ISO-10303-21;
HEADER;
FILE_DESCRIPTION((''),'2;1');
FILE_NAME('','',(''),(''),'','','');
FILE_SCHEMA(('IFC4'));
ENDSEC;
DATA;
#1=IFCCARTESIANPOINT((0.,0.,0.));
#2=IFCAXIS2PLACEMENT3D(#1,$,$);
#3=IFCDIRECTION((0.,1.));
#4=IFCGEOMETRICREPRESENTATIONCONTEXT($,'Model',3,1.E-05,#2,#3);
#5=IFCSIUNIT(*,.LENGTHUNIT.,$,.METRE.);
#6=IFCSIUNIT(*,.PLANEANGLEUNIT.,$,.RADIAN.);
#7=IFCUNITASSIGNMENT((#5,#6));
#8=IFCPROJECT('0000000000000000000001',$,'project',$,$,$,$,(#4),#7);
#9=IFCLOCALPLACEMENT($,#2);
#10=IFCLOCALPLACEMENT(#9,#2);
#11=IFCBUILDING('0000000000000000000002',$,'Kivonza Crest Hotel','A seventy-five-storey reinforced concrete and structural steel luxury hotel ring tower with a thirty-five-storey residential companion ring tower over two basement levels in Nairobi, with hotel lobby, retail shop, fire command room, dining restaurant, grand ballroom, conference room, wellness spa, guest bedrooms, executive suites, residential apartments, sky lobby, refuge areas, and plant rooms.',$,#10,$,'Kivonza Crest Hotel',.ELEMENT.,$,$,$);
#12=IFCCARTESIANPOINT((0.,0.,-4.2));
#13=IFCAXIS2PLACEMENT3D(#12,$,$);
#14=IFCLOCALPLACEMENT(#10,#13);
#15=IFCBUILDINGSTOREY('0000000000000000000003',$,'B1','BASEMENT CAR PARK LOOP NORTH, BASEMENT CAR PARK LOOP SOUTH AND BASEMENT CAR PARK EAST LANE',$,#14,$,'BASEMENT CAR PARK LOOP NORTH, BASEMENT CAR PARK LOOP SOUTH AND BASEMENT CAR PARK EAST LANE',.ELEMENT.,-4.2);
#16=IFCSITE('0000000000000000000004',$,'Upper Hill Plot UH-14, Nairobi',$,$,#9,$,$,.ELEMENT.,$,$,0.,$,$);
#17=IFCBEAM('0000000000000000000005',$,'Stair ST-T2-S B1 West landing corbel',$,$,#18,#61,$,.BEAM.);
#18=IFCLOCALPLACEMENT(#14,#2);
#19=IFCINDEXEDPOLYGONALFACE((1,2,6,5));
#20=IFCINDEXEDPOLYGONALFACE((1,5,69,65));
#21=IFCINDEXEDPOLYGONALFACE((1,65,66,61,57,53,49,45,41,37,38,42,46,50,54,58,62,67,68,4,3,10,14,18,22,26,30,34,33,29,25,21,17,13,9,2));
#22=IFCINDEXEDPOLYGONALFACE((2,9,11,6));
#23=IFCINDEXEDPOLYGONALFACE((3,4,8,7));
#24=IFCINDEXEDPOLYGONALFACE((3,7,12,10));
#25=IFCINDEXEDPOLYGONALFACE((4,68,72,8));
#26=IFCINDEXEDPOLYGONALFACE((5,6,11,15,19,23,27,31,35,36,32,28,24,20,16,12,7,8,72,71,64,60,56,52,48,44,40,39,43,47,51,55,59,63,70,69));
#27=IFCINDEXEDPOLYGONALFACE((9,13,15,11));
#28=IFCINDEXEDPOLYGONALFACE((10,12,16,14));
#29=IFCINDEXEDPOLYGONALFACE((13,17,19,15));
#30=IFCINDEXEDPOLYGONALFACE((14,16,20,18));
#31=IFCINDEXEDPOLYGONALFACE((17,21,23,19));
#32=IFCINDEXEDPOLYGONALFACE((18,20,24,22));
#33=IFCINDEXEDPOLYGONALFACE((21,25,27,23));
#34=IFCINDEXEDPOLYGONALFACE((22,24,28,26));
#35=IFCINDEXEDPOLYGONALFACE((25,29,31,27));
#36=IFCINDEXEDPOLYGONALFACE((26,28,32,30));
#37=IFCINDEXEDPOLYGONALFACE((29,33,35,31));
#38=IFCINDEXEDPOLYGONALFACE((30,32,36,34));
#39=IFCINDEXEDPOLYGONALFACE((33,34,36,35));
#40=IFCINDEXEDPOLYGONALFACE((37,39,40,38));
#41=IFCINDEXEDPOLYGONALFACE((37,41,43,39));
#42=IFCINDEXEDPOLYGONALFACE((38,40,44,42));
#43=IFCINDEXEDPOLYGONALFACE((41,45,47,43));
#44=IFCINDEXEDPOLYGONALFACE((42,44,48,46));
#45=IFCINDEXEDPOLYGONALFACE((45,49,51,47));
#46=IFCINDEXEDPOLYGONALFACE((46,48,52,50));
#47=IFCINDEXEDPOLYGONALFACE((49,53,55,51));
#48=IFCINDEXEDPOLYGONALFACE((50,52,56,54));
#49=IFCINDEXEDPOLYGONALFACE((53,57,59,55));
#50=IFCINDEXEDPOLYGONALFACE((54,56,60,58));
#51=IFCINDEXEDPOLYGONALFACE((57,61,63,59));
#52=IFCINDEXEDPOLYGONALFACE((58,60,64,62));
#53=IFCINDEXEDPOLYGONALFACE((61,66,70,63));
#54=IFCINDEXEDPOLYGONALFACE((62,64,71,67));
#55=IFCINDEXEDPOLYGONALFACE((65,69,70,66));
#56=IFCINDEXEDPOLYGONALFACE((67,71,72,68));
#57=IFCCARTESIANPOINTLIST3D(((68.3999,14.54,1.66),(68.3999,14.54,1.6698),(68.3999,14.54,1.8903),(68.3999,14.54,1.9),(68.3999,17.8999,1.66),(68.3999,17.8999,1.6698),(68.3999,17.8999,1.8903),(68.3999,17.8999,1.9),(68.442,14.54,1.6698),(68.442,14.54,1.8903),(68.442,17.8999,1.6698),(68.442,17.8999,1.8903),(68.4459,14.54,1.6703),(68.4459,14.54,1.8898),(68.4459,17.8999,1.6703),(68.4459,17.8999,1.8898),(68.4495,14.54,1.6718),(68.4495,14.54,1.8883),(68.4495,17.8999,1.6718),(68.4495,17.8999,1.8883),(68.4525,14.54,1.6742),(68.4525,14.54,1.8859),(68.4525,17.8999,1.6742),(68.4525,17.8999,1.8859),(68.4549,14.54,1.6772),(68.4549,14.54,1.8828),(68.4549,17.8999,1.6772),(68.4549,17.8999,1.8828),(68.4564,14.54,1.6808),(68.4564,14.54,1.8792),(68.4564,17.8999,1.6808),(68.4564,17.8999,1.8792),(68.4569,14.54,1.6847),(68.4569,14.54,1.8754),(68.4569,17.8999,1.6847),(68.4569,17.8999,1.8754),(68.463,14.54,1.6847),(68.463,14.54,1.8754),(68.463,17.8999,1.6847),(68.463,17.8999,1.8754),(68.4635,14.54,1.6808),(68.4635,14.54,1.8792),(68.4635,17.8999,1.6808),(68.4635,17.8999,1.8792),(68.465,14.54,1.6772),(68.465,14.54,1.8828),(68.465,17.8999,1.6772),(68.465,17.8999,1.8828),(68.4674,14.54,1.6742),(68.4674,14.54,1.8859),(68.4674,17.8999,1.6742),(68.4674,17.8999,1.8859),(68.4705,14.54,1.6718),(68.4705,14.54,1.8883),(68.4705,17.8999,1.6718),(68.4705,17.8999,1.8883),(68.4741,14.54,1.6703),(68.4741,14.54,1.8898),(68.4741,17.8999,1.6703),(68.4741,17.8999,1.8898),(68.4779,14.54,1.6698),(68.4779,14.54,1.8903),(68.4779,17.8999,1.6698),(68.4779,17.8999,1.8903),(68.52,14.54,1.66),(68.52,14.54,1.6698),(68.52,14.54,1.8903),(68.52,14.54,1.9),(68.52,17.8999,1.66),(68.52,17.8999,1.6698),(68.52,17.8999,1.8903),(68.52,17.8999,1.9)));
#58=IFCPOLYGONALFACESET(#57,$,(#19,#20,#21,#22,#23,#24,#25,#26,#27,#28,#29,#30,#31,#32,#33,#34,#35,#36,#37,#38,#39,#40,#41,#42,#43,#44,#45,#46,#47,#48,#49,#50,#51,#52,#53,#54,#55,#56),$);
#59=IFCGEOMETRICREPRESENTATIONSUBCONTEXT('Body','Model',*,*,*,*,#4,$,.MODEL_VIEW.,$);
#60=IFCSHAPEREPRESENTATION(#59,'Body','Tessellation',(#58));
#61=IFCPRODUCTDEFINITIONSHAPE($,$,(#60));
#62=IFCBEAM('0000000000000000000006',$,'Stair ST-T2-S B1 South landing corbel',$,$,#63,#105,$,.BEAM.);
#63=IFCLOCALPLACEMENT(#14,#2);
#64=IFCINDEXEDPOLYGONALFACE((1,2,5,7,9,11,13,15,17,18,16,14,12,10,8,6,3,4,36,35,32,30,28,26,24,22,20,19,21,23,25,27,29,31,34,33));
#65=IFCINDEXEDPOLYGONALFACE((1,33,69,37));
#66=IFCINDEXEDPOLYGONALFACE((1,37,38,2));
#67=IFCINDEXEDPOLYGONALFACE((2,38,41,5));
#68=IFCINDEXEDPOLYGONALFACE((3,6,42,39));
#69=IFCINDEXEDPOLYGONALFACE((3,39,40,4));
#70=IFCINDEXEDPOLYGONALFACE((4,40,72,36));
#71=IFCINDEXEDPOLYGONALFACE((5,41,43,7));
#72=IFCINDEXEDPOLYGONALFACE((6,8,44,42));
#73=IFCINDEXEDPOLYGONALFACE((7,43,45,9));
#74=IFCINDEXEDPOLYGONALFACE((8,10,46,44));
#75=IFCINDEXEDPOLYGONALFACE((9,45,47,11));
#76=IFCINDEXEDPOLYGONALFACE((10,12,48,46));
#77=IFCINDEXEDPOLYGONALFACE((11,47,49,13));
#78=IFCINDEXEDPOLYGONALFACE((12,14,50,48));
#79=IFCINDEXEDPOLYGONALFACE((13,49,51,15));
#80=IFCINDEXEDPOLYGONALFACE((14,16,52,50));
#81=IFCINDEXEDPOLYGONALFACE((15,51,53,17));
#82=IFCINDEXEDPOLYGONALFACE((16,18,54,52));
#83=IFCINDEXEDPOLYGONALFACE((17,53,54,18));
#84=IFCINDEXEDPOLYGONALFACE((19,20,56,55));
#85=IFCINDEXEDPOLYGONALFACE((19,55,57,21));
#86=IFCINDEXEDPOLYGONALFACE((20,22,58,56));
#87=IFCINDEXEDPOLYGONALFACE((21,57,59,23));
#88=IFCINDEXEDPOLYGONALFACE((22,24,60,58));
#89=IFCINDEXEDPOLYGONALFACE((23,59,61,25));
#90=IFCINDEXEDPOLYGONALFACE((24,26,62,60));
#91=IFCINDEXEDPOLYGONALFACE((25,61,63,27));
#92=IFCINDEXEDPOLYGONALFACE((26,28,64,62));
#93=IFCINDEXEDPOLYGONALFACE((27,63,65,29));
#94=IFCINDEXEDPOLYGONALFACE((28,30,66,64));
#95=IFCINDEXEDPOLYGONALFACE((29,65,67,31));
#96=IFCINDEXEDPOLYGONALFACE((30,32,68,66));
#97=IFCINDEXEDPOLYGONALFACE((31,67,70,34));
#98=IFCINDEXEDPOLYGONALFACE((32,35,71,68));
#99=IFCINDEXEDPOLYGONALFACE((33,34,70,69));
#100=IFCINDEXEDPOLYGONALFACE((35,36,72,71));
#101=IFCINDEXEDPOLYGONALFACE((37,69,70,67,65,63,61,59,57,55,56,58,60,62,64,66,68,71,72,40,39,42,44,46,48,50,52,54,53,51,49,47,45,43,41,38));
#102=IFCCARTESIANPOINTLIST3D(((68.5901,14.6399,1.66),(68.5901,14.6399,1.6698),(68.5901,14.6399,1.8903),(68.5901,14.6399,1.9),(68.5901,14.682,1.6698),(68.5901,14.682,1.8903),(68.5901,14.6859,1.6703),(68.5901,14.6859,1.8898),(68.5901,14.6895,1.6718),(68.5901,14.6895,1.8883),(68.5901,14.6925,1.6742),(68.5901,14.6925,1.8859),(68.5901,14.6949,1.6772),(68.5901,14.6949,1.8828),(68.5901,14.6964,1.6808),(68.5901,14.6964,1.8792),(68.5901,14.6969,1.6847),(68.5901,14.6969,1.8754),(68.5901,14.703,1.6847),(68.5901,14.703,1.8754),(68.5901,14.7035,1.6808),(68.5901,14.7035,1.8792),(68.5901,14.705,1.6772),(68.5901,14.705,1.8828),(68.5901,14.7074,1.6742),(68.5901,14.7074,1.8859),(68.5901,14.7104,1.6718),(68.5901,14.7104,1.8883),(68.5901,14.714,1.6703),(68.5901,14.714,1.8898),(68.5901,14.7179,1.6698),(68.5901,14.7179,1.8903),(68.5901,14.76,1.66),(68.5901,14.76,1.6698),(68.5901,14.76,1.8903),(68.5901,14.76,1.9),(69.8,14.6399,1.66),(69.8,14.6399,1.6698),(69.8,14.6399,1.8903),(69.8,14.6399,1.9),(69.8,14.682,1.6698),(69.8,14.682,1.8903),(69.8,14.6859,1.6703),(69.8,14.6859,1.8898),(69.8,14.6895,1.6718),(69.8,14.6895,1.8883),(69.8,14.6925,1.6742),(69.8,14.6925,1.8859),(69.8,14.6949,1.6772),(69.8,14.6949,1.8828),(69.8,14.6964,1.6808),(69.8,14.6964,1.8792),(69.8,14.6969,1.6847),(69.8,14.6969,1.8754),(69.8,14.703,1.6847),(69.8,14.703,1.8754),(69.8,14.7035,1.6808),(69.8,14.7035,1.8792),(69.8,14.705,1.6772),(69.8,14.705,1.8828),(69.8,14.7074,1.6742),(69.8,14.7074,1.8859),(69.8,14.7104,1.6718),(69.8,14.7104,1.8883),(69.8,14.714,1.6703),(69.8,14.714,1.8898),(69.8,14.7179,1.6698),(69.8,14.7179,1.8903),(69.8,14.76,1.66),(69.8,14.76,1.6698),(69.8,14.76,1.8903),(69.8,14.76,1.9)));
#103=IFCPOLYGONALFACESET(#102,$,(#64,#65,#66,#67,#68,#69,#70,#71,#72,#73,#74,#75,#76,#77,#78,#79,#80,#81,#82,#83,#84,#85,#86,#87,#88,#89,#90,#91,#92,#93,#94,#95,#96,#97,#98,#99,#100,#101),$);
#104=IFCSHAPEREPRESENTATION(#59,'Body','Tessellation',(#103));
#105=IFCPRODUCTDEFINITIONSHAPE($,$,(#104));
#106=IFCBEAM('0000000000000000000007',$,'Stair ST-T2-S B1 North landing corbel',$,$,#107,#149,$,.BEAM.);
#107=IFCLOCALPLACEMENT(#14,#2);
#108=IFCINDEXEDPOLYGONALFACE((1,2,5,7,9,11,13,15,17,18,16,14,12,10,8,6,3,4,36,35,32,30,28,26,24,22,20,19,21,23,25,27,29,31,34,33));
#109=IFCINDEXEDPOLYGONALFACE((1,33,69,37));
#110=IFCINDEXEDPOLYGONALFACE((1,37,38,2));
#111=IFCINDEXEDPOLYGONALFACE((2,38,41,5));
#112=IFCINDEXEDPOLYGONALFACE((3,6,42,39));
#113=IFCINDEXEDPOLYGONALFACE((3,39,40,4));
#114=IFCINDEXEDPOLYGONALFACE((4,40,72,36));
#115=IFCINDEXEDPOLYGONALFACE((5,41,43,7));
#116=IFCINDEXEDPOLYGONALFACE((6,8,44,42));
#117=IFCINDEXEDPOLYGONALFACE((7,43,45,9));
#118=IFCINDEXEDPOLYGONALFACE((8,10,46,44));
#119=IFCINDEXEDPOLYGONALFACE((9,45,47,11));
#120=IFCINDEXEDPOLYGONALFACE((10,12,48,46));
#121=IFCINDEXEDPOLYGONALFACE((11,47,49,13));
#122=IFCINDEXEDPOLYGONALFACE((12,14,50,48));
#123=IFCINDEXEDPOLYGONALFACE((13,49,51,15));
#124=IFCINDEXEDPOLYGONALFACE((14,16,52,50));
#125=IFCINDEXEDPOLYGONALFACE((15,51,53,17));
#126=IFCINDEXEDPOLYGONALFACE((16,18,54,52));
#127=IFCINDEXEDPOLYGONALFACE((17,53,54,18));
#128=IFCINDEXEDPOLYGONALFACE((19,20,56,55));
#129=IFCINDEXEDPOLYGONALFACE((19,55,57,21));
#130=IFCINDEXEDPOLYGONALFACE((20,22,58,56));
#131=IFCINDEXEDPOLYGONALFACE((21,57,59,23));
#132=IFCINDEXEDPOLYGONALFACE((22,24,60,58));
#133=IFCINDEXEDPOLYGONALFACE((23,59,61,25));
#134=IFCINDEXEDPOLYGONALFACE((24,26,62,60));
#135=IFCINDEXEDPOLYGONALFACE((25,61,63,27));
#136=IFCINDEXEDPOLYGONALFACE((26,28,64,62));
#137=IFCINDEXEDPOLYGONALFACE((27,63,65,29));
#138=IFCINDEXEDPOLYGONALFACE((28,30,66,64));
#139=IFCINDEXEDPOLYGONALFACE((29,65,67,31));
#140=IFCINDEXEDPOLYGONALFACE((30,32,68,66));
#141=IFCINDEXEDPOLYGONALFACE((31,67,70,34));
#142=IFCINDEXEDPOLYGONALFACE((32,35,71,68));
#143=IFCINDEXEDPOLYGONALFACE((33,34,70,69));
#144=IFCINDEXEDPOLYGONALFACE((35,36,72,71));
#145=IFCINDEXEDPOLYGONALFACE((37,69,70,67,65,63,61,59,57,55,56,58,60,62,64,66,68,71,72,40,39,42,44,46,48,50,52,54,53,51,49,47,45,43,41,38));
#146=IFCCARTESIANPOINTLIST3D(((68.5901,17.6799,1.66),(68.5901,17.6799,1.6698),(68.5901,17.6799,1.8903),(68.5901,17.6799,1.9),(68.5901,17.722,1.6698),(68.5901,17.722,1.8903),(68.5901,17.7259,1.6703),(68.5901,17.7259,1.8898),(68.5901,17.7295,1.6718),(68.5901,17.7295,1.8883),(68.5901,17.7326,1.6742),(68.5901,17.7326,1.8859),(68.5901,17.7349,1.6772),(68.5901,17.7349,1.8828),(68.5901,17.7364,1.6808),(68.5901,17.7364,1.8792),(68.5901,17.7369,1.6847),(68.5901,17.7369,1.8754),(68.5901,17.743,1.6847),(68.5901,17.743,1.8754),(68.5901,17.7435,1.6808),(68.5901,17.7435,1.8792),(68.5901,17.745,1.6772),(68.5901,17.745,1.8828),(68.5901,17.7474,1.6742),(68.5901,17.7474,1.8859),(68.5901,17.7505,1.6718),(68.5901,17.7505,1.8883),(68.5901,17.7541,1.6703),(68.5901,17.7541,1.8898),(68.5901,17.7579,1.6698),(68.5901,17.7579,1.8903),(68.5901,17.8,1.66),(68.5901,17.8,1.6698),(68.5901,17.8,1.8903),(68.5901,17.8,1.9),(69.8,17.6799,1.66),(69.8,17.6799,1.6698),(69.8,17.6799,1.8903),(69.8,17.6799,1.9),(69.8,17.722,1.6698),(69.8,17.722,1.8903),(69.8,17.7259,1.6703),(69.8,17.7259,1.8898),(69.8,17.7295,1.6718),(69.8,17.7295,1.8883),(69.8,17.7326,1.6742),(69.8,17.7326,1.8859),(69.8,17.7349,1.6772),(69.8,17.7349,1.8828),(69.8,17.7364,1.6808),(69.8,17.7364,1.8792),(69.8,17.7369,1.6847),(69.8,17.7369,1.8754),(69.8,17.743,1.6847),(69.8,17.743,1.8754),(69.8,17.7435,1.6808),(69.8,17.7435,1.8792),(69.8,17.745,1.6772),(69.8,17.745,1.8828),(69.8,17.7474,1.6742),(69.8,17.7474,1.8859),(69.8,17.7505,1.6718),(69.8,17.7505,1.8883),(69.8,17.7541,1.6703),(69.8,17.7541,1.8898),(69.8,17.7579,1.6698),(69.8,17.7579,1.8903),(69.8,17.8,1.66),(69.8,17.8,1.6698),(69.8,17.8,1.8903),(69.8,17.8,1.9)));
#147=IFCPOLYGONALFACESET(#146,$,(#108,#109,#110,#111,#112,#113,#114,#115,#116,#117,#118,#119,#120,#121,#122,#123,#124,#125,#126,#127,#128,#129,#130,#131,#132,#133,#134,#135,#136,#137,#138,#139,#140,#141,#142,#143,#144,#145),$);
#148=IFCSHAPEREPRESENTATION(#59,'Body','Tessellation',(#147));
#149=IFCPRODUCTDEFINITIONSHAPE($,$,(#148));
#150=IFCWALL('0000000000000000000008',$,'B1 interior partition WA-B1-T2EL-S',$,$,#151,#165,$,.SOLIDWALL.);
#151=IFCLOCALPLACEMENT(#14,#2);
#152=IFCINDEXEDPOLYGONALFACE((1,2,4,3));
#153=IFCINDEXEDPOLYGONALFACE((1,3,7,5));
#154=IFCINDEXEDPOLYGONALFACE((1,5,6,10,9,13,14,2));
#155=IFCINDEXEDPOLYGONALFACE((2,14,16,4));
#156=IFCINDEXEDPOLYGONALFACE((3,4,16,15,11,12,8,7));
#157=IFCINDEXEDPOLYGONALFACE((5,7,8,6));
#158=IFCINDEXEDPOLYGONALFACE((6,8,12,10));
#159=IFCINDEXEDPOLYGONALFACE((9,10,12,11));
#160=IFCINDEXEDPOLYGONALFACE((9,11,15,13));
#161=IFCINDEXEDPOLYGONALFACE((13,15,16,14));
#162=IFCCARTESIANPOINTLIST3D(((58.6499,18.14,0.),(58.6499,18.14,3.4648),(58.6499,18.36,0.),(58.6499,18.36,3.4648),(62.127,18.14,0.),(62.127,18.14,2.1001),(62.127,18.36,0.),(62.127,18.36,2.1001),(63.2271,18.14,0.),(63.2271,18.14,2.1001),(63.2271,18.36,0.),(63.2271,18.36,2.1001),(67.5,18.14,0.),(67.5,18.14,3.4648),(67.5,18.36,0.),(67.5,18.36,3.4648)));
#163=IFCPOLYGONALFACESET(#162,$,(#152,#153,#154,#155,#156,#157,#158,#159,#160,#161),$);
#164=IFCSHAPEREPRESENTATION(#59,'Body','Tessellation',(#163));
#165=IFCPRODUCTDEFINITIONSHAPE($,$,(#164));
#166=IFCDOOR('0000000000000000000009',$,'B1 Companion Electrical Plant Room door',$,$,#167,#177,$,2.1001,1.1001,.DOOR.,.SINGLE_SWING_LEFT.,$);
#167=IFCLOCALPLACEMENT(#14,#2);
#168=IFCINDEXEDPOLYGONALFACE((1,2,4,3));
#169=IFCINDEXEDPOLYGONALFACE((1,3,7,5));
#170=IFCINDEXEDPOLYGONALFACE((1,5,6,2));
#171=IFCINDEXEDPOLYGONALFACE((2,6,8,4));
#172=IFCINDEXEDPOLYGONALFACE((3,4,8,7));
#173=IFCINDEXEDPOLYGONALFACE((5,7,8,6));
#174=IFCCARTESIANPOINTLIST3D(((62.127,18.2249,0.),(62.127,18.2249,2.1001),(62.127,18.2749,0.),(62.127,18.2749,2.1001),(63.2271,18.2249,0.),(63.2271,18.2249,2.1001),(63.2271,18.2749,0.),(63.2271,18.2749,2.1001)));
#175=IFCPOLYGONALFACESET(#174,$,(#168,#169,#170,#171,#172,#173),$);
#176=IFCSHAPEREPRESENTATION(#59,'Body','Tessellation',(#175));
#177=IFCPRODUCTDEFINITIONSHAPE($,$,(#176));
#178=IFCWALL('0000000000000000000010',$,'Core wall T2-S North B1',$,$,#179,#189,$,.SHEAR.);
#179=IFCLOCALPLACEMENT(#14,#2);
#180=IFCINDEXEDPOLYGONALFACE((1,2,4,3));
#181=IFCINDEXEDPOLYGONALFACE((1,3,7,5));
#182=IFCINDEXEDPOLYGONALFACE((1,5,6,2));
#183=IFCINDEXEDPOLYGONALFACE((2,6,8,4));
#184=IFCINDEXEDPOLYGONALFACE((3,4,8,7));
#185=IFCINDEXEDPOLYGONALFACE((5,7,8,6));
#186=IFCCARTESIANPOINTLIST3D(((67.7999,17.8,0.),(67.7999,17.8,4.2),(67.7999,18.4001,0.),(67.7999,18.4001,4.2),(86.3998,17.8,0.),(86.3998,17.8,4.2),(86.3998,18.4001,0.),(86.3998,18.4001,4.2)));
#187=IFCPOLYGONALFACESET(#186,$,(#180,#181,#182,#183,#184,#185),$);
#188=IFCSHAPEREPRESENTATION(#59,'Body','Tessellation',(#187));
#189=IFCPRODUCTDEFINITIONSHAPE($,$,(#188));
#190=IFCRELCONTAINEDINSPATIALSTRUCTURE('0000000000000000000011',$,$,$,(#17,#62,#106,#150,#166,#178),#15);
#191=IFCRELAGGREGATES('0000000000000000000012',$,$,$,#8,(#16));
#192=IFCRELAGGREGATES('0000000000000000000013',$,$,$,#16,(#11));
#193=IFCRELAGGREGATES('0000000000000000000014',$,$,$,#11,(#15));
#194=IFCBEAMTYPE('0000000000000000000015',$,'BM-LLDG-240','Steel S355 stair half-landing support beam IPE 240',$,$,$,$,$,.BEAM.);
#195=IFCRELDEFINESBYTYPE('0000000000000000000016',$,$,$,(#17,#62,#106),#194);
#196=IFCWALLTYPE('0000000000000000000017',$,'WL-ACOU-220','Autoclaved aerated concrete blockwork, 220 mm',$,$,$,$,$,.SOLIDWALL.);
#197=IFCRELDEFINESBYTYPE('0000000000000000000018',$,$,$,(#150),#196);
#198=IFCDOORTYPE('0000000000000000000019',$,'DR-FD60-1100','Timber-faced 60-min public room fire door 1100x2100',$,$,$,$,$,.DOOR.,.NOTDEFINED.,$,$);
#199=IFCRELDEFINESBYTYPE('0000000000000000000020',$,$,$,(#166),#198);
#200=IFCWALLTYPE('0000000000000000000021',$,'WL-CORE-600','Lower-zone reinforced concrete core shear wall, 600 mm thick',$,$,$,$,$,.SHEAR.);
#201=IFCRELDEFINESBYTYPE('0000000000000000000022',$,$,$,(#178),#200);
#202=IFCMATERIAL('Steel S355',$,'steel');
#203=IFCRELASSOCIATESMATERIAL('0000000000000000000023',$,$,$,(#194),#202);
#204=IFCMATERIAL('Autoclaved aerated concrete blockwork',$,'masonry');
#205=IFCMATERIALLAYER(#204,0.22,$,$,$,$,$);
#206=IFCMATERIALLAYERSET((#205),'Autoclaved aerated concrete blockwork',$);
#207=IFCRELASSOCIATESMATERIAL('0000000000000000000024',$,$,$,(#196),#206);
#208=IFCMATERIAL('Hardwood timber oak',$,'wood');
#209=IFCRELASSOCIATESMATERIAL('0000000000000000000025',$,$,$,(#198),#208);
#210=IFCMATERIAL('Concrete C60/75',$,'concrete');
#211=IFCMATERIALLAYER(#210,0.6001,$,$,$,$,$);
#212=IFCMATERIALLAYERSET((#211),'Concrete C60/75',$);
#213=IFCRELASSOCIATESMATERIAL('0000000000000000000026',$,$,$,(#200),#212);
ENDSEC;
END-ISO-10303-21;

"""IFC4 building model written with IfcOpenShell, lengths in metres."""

from ifc_helpers import new_model, si_unit, direction, frame, frame_2d, origin, origin_2d, place, context, subcontext, project, spatial, rectangle, i_section, extrude, material, layer, layer_set, material_profile, profile_set, type_object, element, fill, save


model = new_model("IFC4")

# Units and contexts
model_context = context("Model", 3, precision=1e-05, world=origin(), true_north=direction((0.0, 1.0)))
body_context = subcontext(model_context, "Body", "Model", "MODEL_VIEW")
ifc_project = project(units=[si_unit("LENGTHUNIT", "METRE"), si_unit("PLANEANGLEUNIT", "RADIAN")], contexts=[model_context])

# Site, building, storey
site_placement = place(None, origin())
site = spatial("IfcSite", under=ifc_project, at=site_placement, Name="Upper Hill Plot UH-14, Nairobi", CompositionType="ELEMENT", RefElevation=0.0)
building_placement = place(site_placement, origin())
building = spatial("IfcBuilding", under=site, at=building_placement, Name="Kivonza Crest Hotel", Description="A seventy-five-storey reinforced concrete and structural steel luxury hotel ring tower with a thirty-five-storey residential companion ring tower over two basement levels in Nairobi, with hotel lobby, retail shop, fire command room, dining restaurant, grand ballroom, conference room, wellness spa, guest bedrooms, executive suites, residential apartments, sky lobby, refuge areas, and plant rooms.", LongName="Kivonza Crest Hotel", CompositionType="ELEMENT")
storey_placement = place(building_placement, frame((0.0, 0.0, -4.2)))
storey = spatial("IfcBuildingStorey", under=building, at=storey_placement, Name="B1", Description="BASEMENT CAR PARK LOOP NORTH, BASEMENT CAR PARK LOOP SOUTH AND BASEMENT CAR PARK EAST LANE", LongName="BASEMENT CAR PARK LOOP NORTH, BASEMENT CAR PARK LOOP SOUTH AND BASEMENT CAR PARK EAST LANE", CompositionType="ELEMENT", Elevation=-4.2)

# Shared definitions
ifc_material_1 = material(Name="Concrete C60/75", Category="concrete")

# Beams
ifc_material_2 = material(Name="Steel S355", Category="steel")
ifc_material_profile_1 = material_profile(ifc_material_2, i_section(OverallWidth=0.1201, OverallDepth=0.24, WebThickness=0.0061, FlangeThickness=0.0098, FilletRadius=0.0149, at=origin_2d()), Name="IPE 240")
ifc_profile_set_1 = profile_set([ifc_material_profile_1], Name="Steel S355")
beam_type_1 = type_object("IfcBeamType", Name="BM-LLDG-240", Description="Steel S355 stair half-landing support beam IPE 240", PredefinedType="BEAM", material=ifc_profile_set_1)
beam_1_placement = place(storey_placement, frame((68.46, 14.54, 1.78), z_axis=(0.0, 1.0, 0.0), x_axis=(-1.0, 0.0, 0.0)))
element("IfcBeam", 1, at=beam_1_placement, inside=storey, type_object=beam_type_1, Name="Stair ST-T2-S B1 West landing corbel", PredefinedType="BEAM", context=body_context, shape_type="SweptSolid", body=[
    extrude(i_section(OverallWidth=0.1201, OverallDepth=0.24, WebThickness=0.0061, FlangeThickness=0.0098, FilletRadius=0.0149, at=origin_2d()), origin(), (0.0, 0.0, 1.0), 3.3599),
])
for number, where, z_axis, x_axis, name in (
    (2, (68.5901, 14.7, 1.78), (1.0, 0.0, 0.0), (0.0, 1.0, 0.0), "Stair ST-T2-S B1 South landing corbel"),
    (3, (68.5901, 17.74, 1.78), (1.0, 0.0, 0.0), (0.0, 1.0, 0.0), "Stair ST-T2-S B1 North landing corbel"),
):
    element("IfcBeam", number, at=place(storey_placement, frame(where, z_axis=z_axis, x_axis=x_axis)), inside=storey, type_object=beam_type_1, Name=name, PredefinedType="BEAM", context=body_context, shape_type="SweptSolid", body=[
        extrude(i_section(OverallWidth=0.1201, OverallDepth=0.24, WebThickness=0.0061, FlangeThickness=0.0098, FilletRadius=0.0149, at=origin_2d()), origin(), (0.0, 0.0, 1.0), 1.21),
    ])

# Wall, opening, door
ifc_material_3 = material(Name="Autoclaved aerated concrete blockwork", Category="masonry")
ifc_layer_1 = layer(ifc_material_3, 0.22)
ifc_layer_set_1 = layer_set([ifc_layer_1], Name="Autoclaved aerated concrete blockwork")
wall_type_1 = type_object("IfcWallType", Name="WL-ACOU-220", Description="Autoclaved aerated concrete blockwork, 220 mm", PredefinedType="SOLIDWALL", material=ifc_layer_set_1)
wall_1_placement = place(storey_placement, frame((58.6499, 18.25, 0.0), z_axis=(0.0, 0.0, 1.0), x_axis=(1.0, 0.0, 0.0)))
wall_1 = element("IfcWall", 4, at=wall_1_placement, inside=storey, type_object=wall_type_1, Name="B1 interior partition WA-B1-T2EL-S", PredefinedType="SOLIDWALL", context=body_context, shape_type="SweptSolid", body=[
    extrude(rectangle(XDim=8.8501, YDim=0.22, at=frame_2d((4.425, 0.0))), origin(), (0.0, 0.0, 1.0), 3.4648),
])
opening_1_placement = place(wall_1_placement, frame((3.4771, 0.0, 0.0)))
opening_1 = element("IfcOpeningElement", 5, at=opening_1_placement, cuts=wall_1, PredefinedType="OPENING", context=body_context, shape_type="SweptSolid", body=[
    extrude(rectangle(XDim=1.1001, YDim=2.1001, at=frame_2d((0.55, 1.05))), frame((0.0, 0.1201, 0.0), z_axis=(0.0, -1.0, 0.0), x_axis=(1.0, 0.0, 0.0)), (0.0, 0.0, 1.0), 0.24),
])
ifc_material_4 = material(Name="Hardwood timber oak", Category="wood")
door_type_1 = type_object("IfcDoorType", Name="DR-FD60-1100", Description="Timber-faced 60-min public room fire door 1100x2100", OperationType="NOTDEFINED", PredefinedType="DOOR", material=ifc_material_4)
door_1_placement = place(opening_1_placement, origin())
door_1 = element("IfcDoor", 6, at=door_1_placement, inside=storey, type_object=door_type_1, Name="B1 Companion Electrical Plant Room door", OperationType="SINGLE_SWING_LEFT", OverallHeight=2.1001, OverallWidth=1.1001, PredefinedType="DOOR", context=body_context, shape_type="SweptSolid", body=[
    extrude(rectangle(XDim=1.1001, YDim=2.1001, at=frame_2d((0.55, 1.05))), frame((0.0, 0.0249, 0.0), z_axis=(0.0, -1.0, 0.0), x_axis=(1.0, 0.0, 0.0)), (0.0, 0.0, 1.0), 0.05),
])
fill(opening_1, door_1)

# Shared definitions
ifc_layer_2 = layer(ifc_material_1, 0.6001)
ifc_layer_set_2 = layer_set([ifc_layer_2], Name="Concrete C60/75")
wall_type_2 = type_object("IfcWallType", Name="WL-CORE-600", Description="Lower-zone reinforced concrete core shear wall, 600 mm thick", PredefinedType="SHEAR", material=ifc_layer_set_2)

# Wall
wall_2_placement = place(storey_placement, frame((67.8, 18.1001, 0.0), z_axis=(0.0, 0.0, 1.0), x_axis=(1.0, 0.0, 0.0)))
element("IfcWall", 7, at=wall_2_placement, inside=storey, type_object=wall_type_2, Name="Core wall T2-S North B1", PredefinedType="SHEAR", context=body_context, shape_type="SweptSolid", body=[
    extrude(rectangle(XDim=18.5999, YDim=0.6001, at=frame_2d((9.2998, 0.0))), origin(), (0.0, 0.0, 1.0), 4.2),
])

save(model, "model.ifc")
